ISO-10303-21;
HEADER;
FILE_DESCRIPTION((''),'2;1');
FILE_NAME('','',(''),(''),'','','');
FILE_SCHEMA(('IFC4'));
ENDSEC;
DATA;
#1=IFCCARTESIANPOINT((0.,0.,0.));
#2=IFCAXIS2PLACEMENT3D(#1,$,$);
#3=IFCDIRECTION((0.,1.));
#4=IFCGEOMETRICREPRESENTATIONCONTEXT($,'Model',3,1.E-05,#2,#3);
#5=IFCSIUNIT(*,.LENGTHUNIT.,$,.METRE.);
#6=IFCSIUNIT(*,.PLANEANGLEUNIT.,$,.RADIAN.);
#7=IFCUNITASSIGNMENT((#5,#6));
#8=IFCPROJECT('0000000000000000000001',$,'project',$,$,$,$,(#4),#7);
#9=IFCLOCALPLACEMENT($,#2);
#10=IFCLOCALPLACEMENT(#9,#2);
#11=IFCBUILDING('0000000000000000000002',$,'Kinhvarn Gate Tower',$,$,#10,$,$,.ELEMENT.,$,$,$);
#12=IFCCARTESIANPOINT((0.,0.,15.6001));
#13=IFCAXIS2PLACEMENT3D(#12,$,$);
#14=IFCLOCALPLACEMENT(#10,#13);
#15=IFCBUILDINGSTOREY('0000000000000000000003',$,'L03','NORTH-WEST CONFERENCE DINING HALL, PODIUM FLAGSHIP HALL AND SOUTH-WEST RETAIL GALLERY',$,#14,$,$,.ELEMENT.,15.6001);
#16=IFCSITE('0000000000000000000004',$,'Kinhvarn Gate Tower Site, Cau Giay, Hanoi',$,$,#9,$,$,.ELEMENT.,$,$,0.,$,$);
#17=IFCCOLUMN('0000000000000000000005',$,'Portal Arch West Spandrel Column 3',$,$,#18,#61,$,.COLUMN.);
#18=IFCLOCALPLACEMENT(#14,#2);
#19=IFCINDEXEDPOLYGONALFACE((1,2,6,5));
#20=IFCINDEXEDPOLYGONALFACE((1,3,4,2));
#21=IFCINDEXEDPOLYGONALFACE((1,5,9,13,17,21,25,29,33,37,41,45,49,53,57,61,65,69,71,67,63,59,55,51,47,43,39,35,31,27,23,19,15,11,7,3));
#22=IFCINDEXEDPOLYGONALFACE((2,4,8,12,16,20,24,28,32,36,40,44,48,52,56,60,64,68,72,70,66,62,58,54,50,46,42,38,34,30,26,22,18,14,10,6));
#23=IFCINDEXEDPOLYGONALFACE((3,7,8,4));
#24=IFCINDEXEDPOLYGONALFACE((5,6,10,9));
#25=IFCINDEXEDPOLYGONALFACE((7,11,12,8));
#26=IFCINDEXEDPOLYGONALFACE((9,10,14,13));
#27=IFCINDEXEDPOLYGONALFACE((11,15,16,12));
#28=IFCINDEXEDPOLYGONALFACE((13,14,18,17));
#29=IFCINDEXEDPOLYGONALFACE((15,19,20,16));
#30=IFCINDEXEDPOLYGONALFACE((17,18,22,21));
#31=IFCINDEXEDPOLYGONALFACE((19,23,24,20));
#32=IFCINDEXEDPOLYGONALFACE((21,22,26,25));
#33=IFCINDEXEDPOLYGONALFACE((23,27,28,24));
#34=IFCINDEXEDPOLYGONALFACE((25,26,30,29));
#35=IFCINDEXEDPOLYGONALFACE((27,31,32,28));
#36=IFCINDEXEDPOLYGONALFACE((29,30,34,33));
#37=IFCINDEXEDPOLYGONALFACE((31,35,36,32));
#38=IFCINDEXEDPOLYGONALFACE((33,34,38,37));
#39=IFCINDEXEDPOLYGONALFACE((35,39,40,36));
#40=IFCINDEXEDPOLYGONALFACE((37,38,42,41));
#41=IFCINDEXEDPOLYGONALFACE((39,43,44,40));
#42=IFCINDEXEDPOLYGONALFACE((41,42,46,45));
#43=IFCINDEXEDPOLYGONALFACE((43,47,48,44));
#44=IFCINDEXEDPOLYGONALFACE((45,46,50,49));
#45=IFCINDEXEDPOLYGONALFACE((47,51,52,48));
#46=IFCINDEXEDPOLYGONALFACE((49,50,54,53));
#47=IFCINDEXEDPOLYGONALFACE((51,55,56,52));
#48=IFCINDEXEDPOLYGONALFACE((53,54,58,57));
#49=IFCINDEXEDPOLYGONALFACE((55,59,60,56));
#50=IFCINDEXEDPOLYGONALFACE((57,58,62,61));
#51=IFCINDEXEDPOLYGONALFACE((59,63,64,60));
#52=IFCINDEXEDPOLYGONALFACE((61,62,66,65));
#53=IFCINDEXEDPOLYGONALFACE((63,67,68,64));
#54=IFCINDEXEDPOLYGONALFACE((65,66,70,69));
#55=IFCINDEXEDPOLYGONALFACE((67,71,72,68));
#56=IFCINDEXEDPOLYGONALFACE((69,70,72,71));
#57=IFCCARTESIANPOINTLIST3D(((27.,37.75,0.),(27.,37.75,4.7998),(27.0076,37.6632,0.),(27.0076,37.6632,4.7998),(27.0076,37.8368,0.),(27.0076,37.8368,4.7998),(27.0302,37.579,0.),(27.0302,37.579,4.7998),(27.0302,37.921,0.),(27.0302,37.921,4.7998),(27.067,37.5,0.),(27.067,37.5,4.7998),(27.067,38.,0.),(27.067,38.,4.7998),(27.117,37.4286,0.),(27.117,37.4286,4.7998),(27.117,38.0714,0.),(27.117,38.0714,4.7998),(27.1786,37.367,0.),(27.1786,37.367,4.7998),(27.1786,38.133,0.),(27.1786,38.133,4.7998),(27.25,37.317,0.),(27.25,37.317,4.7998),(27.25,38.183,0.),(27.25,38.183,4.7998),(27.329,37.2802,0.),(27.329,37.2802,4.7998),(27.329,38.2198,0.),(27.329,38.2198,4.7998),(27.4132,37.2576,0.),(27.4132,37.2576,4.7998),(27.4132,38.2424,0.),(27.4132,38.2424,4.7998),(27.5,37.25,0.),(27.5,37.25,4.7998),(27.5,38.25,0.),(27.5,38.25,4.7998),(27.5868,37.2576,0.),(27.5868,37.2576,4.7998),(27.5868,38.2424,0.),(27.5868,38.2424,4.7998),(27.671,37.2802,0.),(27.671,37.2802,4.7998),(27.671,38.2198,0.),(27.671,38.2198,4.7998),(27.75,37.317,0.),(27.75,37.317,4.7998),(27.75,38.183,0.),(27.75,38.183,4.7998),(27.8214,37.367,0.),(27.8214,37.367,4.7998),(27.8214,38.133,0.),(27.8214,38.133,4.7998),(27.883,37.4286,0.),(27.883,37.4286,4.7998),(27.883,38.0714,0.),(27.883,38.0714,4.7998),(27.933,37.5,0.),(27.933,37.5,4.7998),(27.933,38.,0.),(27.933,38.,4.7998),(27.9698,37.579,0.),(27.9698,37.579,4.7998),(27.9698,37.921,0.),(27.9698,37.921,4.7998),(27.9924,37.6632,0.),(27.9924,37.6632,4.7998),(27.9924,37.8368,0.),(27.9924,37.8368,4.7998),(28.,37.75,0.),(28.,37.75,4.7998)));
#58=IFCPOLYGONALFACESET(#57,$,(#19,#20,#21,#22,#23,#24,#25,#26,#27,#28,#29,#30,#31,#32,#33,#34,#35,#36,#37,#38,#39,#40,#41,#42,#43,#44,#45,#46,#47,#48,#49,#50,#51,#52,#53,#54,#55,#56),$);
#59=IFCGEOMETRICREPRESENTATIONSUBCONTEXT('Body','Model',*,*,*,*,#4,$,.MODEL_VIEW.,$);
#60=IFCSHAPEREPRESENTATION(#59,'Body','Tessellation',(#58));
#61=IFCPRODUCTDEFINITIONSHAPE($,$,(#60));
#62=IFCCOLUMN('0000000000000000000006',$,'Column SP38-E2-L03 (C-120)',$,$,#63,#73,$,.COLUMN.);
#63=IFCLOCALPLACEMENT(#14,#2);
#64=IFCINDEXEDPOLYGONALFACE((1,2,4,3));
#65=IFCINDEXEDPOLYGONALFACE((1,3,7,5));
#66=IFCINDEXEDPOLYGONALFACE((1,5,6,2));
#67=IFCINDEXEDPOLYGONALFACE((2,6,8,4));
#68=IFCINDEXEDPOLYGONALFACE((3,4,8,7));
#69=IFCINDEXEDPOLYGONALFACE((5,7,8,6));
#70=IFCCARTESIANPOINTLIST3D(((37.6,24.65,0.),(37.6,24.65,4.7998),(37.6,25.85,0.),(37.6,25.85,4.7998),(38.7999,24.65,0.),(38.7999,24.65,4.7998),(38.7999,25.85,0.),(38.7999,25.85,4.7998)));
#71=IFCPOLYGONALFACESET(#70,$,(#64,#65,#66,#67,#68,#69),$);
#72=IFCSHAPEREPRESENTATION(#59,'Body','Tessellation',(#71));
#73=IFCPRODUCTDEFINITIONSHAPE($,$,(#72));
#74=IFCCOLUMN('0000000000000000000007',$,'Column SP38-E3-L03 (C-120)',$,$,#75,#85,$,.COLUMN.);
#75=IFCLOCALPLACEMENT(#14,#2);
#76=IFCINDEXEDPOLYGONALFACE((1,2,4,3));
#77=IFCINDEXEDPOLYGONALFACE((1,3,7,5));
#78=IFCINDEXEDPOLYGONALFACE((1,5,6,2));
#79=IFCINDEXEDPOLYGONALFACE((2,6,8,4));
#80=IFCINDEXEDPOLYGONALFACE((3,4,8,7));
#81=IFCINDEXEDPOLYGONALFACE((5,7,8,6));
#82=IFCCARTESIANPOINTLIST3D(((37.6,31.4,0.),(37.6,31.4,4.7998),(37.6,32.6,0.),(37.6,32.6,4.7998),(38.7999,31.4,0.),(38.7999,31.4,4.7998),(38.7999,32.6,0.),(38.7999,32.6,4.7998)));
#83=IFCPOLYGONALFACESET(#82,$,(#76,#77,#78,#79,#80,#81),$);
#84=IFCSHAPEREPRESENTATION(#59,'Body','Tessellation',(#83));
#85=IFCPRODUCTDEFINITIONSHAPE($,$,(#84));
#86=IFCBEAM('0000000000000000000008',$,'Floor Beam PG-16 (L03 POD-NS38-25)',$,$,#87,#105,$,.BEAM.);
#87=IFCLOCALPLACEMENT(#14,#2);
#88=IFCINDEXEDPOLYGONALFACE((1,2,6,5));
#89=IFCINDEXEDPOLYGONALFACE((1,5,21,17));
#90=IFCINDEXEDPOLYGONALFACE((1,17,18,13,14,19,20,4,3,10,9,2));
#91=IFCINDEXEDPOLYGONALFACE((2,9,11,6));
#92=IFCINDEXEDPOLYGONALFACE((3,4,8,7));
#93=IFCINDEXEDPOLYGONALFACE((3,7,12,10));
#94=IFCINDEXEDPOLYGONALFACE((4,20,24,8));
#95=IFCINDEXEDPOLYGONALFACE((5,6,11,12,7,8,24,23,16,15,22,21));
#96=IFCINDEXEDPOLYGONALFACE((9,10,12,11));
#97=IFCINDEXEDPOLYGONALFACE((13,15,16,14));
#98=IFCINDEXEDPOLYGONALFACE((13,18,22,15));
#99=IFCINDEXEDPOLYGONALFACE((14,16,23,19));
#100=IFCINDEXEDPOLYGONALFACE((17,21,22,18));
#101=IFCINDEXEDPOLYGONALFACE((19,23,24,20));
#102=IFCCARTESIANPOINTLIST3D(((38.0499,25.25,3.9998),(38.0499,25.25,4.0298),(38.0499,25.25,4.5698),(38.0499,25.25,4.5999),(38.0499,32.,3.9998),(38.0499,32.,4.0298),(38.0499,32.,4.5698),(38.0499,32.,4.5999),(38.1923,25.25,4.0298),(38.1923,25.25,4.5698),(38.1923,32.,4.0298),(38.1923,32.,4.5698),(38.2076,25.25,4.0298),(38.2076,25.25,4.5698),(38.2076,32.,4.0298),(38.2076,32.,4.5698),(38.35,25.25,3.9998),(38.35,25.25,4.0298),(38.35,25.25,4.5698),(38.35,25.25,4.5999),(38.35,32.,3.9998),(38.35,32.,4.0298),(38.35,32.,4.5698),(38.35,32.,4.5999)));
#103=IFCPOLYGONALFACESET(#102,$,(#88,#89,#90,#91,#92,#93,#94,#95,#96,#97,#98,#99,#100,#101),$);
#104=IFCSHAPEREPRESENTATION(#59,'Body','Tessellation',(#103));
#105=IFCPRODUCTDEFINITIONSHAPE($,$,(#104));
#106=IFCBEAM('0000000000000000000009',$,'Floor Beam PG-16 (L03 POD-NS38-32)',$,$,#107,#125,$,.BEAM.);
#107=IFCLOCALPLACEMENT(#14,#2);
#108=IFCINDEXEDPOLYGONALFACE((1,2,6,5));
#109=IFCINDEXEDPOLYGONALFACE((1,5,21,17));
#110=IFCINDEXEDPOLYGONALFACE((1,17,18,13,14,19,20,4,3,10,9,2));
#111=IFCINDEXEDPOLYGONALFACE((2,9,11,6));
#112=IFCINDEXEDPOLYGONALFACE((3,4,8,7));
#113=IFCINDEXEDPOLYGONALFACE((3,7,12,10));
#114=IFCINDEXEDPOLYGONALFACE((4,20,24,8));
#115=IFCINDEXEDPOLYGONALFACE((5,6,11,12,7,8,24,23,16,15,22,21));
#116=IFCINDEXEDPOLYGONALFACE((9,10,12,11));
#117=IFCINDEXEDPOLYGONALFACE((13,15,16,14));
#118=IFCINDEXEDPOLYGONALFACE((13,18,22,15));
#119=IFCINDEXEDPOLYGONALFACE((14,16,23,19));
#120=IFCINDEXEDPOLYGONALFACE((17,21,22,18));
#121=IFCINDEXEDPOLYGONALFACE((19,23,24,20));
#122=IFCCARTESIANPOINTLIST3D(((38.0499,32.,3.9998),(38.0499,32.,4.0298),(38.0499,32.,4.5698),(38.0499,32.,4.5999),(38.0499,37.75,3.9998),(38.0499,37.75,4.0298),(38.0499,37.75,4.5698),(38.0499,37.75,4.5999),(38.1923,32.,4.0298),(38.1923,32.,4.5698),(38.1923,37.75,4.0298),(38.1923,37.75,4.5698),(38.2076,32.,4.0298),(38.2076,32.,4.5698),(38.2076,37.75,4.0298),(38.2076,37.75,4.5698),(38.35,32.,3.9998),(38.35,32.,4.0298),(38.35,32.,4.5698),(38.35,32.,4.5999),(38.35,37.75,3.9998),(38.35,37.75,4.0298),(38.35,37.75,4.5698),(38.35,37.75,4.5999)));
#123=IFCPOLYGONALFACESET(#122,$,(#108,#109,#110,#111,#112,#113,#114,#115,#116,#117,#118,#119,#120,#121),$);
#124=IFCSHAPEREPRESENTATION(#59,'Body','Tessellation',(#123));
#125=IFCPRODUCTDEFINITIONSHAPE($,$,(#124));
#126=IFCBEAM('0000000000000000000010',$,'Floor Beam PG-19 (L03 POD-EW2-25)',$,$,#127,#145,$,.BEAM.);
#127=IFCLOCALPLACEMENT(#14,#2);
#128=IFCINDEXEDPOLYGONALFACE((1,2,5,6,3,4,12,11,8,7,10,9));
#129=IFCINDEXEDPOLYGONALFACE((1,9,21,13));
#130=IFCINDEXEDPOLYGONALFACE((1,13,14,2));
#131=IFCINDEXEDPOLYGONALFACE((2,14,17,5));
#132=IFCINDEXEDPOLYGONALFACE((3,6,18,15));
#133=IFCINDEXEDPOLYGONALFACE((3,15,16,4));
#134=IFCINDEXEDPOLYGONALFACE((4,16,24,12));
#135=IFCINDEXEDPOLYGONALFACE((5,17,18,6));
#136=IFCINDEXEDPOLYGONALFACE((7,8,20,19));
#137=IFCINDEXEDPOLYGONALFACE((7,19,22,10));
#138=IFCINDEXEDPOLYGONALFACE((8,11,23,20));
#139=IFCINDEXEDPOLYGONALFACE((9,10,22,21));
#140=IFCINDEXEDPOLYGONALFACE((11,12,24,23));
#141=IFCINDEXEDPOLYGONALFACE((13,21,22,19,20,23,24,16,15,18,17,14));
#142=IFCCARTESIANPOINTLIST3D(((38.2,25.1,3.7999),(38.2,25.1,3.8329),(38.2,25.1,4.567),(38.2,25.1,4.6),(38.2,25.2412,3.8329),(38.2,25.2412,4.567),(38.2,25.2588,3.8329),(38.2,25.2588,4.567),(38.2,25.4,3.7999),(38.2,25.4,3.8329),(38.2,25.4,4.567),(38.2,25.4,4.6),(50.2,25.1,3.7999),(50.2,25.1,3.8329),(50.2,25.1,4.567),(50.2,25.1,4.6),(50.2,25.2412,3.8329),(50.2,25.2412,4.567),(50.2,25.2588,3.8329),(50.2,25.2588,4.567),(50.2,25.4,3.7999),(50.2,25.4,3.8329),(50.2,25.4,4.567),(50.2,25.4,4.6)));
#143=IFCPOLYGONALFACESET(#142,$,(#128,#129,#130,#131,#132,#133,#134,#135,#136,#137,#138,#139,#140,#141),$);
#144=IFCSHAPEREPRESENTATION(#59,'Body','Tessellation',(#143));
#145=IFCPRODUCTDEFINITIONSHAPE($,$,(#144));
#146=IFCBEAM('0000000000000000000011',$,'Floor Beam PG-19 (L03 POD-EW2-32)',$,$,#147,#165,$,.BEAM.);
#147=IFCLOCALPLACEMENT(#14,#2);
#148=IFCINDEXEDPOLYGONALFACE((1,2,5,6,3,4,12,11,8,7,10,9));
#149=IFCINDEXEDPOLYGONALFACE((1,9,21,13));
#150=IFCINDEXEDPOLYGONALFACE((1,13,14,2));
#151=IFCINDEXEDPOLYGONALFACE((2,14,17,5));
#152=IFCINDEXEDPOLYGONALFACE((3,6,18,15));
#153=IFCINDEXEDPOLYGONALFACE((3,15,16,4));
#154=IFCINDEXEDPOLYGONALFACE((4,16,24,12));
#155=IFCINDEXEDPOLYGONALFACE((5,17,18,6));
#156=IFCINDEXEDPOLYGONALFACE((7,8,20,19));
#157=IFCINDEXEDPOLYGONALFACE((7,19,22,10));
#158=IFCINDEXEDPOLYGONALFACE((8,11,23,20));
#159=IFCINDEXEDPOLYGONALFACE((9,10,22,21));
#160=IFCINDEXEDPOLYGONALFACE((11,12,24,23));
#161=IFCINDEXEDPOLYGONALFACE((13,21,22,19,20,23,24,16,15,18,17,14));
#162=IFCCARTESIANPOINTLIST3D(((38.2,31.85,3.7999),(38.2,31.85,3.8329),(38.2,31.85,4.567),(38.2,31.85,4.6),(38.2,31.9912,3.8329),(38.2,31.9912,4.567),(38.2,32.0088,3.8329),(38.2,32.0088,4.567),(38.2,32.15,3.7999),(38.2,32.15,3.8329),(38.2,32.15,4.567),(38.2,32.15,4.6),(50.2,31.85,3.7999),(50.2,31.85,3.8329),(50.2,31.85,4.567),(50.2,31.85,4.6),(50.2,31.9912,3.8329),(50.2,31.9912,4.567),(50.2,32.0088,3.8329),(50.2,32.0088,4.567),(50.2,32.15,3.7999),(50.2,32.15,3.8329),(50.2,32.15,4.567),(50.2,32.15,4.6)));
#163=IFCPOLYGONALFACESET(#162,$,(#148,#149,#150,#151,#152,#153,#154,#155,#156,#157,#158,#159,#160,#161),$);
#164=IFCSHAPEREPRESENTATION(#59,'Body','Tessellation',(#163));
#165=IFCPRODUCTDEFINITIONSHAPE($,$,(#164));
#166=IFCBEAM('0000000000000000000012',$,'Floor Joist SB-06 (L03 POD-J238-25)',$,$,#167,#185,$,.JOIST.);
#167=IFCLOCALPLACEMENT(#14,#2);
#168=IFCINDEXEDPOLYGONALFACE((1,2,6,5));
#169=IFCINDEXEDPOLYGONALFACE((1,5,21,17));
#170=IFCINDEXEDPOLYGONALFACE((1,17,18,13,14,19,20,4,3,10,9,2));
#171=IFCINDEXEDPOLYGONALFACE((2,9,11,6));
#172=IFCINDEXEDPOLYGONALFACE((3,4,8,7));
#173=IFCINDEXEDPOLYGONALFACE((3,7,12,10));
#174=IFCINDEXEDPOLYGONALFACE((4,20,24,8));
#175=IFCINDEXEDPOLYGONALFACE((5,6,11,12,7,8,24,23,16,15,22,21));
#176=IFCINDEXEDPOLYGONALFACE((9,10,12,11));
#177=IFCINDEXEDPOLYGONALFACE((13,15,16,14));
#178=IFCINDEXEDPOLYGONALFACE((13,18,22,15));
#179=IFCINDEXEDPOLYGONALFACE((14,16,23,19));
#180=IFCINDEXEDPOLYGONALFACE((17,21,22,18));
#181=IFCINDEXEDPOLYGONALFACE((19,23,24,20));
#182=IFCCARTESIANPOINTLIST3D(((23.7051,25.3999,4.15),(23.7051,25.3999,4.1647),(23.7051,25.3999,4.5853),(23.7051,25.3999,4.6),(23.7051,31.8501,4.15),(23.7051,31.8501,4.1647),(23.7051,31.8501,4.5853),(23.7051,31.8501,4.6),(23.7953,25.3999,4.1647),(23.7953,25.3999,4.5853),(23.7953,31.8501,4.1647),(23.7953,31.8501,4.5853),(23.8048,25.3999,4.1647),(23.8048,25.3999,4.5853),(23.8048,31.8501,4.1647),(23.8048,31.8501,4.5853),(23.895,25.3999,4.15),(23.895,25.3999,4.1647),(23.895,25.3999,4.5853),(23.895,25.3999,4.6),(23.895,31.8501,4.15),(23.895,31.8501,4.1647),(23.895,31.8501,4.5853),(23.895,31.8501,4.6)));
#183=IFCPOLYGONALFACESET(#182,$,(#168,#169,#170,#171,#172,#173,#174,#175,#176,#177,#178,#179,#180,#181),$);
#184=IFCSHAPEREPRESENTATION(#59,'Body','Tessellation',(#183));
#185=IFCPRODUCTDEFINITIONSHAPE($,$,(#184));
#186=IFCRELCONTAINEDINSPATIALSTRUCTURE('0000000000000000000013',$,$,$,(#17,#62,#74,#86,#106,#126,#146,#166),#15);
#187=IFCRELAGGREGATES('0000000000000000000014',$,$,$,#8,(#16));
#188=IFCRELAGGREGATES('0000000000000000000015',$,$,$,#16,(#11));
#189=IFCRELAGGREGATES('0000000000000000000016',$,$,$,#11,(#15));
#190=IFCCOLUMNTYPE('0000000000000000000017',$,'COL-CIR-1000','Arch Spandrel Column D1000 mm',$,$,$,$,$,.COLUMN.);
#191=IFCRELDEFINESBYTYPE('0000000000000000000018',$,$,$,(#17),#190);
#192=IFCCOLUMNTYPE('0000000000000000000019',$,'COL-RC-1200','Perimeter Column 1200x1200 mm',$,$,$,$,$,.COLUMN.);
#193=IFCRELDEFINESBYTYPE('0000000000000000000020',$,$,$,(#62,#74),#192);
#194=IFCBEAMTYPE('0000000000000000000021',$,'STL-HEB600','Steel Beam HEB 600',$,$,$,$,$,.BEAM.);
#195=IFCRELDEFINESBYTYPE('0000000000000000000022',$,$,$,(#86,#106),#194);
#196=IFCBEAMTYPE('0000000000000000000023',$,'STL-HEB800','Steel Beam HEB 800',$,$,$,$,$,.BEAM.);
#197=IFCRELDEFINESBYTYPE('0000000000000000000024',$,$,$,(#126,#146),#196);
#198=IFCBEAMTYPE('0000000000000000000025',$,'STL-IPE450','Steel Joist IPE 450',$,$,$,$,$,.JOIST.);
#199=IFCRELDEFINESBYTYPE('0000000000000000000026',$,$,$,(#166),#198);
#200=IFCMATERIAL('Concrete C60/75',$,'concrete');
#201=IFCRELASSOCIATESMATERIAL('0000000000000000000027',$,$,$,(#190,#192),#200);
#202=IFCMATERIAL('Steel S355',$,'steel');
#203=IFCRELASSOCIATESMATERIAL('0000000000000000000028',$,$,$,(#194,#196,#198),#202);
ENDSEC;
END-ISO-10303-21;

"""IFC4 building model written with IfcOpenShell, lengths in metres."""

from ifc_helpers import new_model, si_unit, direction, frame, origin, origin_2d, place, context, subcontext, project, spatial, rectangle, circle, i_section, extrude, material, material_profile, profile_set, type_object, element, save


model = new_model("IFC4")

# Units and contexts
model_context = context("Model", 3, precision=1e-05, world=origin(), true_north=direction((0.0, 1.0)))
body_context = subcontext(model_context, "Body", "Model", "MODEL_VIEW")
ifc_project = project(units=[si_unit("LENGTHUNIT", "METRE"), si_unit("PLANEANGLEUNIT", "RADIAN")], contexts=[model_context])

# Site, building, storey
site_placement = place(None, origin())
site = spatial("IfcSite", under=ifc_project, at=site_placement, Name="Kinhvarn Gate Tower Site, Cau Giay, Hanoi", CompositionType="ELEMENT", RefElevation=0.0)
building_placement = place(site_placement, origin())
building = spatial("IfcBuilding", under=site, at=building_placement, Name="Kinhvarn Gate Tower", CompositionType="ELEMENT")
storey_placement = place(building_placement, frame((0.0, 0.0, 15.6001)))
storey = spatial("IfcBuildingStorey", under=building, at=storey_placement, Name="L03", Description="NORTH-WEST CONFERENCE DINING HALL, PODIUM FLAGSHIP HALL AND SOUTH-WEST RETAIL GALLERY", CompositionType="ELEMENT", Elevation=15.6001)

# Columns
ifc_material_1 = material(Name="Concrete C60/75", Category="concrete")
ifc_material_profile_1 = material_profile(ifc_material_1, circle(Radius=0.5, at=origin_2d()), Name="RC D1000")
ifc_profile_set_1 = profile_set([ifc_material_profile_1], Name="Concrete C60/75")
column_type_1 = type_object("IfcColumnType", Name="COL-CIR-1000", Description="Arch Spandrel Column D1000 mm", PredefinedType="COLUMN", material=ifc_profile_set_1)
column_placement = place(storey_placement, frame((27.5, 37.75, 0.0), z_axis=(0.0, 0.0, 1.0), x_axis=(1.0, 0.0, 0.0)))
element("IfcColumn", 1, at=column_placement, inside=storey, type_object=column_type_1, Name="Portal Arch West Spandrel Column 3", PredefinedType="COLUMN", context=body_context, shape_type="SweptSolid", body=[
    extrude(circle(Radius=0.5, at=origin_2d()), origin(), (0.0, 0.0, 1.0), 4.7998),
])
ifc_material_profile_2 = material_profile(ifc_material_1, rectangle(XDim=1.2, YDim=1.2, at=origin_2d()), Name="RC 1200x1200")
ifc_profile_set_2 = profile_set([ifc_material_profile_2], Name="Concrete C60/75")
column_type_2 = type_object("IfcColumnType", Name="COL-RC-1200", Description="Perimeter Column 1200x1200 mm", PredefinedType="COLUMN", material=ifc_profile_set_2)
for number, where, z_axis, x_axis, name in (
    (2, (38.2, 25.25, 0.0), (0.0, 0.0, 1.0), (1.0, 0.0, 0.0), "Column SP38-E2-L03 (C-120)"),
    (3, (38.2, 32.0, 0.0), (0.0, 0.0, 1.0), (1.0, 0.0, 0.0), "Column SP38-E3-L03 (C-120)"),
):
    element("IfcColumn", number, at=place(storey_placement, frame(where, z_axis=z_axis, x_axis=x_axis)), inside=storey, type_object=column_type_2, Name=name, PredefinedType="COLUMN", context=body_context, shape_type="SweptSolid", body=[
        extrude(rectangle(XDim=1.2, YDim=1.2, at=origin_2d()), origin(), (0.0, 0.0, 1.0), 4.7998),
    ])

# Beams
ifc_material_2 = material(Name="Steel S355", Category="steel")
ifc_material_profile_3 = material_profile(ifc_material_2, i_section(OverallWidth=0.3, OverallDepth=0.6001, WebThickness=0.0154, FlangeThickness=0.03, at=origin_2d()), Name="HEB 600")
ifc_profile_set_3 = profile_set([ifc_material_profile_3], Name="Steel S355")
beam_type_1 = type_object("IfcBeamType", Name="STL-HEB600", Description="Steel Beam HEB 600", PredefinedType="BEAM", material=ifc_profile_set_3)
beam_1_placement = place(storey_placement, frame((38.2, 25.25, 4.2998), z_axis=(0.0, 1.0, 0.0), x_axis=(-1.0, 0.0, 0.0)))
element("IfcBeam", 4, at=beam_1_placement, inside=storey, type_object=beam_type_1, Name="Floor Beam PG-16 (L03 POD-NS38-25)", PredefinedType="BEAM", context=body_context, shape_type="SweptSolid", body=[
    extrude(i_section(OverallWidth=0.3, OverallDepth=0.6001, WebThickness=0.0154, FlangeThickness=0.03, at=origin_2d()), origin(), (0.0, 0.0, 1.0), 6.75),
])
beam_2_placement = place(storey_placement, frame((38.2, 32.0, 4.2998), z_axis=(0.0, 1.0, 0.0), x_axis=(-1.0, 0.0, 0.0)))
element("IfcBeam", 5, at=beam_2_placement, inside=storey, type_object=beam_type_1, Name="Floor Beam PG-16 (L03 POD-NS38-32)", PredefinedType="BEAM", context=body_context, shape_type="SweptSolid", body=[
    extrude(i_section(OverallWidth=0.3, OverallDepth=0.6001, WebThickness=0.0154, FlangeThickness=0.03, at=origin_2d()), origin(), (0.0, 0.0, 1.0), 5.75),
])
ifc_material_profile_4 = material_profile(ifc_material_2, i_section(OverallWidth=0.3, OverallDepth=0.8, WebThickness=0.0176, FlangeThickness=0.033, at=origin_2d()), Name="HEB 800")
ifc_profile_set_4 = profile_set([ifc_material_profile_4], Name="Steel S355")
beam_type_2 = type_object("IfcBeamType", Name="STL-HEB800", Description="Steel Beam HEB 800", PredefinedType="BEAM", material=ifc_profile_set_4)
for number, where, z_axis, x_axis, name in (
    (6, (38.2, 25.25, 4.2), (1.0, 0.0, 0.0), (0.0, 1.0, 0.0), "Floor Beam PG-19 (L03 POD-EW2-25)"),
    (7, (38.2, 32.0, 4.2), (1.0, 0.0, 0.0), (0.0, 1.0, 0.0), "Floor Beam PG-19 (L03 POD-EW2-32)"),
):
    element("IfcBeam", number, at=place(storey_placement, frame(where, z_axis=z_axis, x_axis=x_axis)), inside=storey, type_object=beam_type_2, Name=name, PredefinedType="BEAM", context=body_context, shape_type="SweptSolid", body=[
        extrude(i_section(OverallWidth=0.3, OverallDepth=0.8, WebThickness=0.0176, FlangeThickness=0.033, at=origin_2d()), origin(), (0.0, 0.0, 1.0), 12.0),
    ])
ifc_material_profile_5 = material_profile(ifc_material_2, i_section(OverallWidth=0.1899, OverallDepth=0.45, WebThickness=0.0095, FlangeThickness=0.0146, at=origin_2d()), Name="IPE 450")
ifc_profile_set_5 = profile_set([ifc_material_profile_5], Name="Steel S355")
beam_type_3 = type_object("IfcBeamType", Name="STL-IPE450", Description="Steel Joist IPE 450", PredefinedType="JOIST", material=ifc_profile_set_5)
for number, where, z_axis, x_axis, name in (
    (8, (23.8, 25.3999, 4.375), (0.0, 1.0, 0.0), (-1.0, 0.0, 0.0), "Floor Joist SB-06 (L03 POD-J238-25)"),
):
    element("IfcBeam", number, at=place(storey_placement, frame(where, z_axis=z_axis, x_axis=x_axis)), inside=storey, type_object=beam_type_3, Name=name, PredefinedType="JOIST", context=body_context, shape_type="SweptSolid", body=[
        extrude(i_section(OverallWidth=0.1899, OverallDepth=0.45, WebThickness=0.0095, FlangeThickness=0.0146, at=origin_2d()), origin(), (0.0, 0.0, 1.0), 6.4502),
    ])

save(model, "model.ifc")
